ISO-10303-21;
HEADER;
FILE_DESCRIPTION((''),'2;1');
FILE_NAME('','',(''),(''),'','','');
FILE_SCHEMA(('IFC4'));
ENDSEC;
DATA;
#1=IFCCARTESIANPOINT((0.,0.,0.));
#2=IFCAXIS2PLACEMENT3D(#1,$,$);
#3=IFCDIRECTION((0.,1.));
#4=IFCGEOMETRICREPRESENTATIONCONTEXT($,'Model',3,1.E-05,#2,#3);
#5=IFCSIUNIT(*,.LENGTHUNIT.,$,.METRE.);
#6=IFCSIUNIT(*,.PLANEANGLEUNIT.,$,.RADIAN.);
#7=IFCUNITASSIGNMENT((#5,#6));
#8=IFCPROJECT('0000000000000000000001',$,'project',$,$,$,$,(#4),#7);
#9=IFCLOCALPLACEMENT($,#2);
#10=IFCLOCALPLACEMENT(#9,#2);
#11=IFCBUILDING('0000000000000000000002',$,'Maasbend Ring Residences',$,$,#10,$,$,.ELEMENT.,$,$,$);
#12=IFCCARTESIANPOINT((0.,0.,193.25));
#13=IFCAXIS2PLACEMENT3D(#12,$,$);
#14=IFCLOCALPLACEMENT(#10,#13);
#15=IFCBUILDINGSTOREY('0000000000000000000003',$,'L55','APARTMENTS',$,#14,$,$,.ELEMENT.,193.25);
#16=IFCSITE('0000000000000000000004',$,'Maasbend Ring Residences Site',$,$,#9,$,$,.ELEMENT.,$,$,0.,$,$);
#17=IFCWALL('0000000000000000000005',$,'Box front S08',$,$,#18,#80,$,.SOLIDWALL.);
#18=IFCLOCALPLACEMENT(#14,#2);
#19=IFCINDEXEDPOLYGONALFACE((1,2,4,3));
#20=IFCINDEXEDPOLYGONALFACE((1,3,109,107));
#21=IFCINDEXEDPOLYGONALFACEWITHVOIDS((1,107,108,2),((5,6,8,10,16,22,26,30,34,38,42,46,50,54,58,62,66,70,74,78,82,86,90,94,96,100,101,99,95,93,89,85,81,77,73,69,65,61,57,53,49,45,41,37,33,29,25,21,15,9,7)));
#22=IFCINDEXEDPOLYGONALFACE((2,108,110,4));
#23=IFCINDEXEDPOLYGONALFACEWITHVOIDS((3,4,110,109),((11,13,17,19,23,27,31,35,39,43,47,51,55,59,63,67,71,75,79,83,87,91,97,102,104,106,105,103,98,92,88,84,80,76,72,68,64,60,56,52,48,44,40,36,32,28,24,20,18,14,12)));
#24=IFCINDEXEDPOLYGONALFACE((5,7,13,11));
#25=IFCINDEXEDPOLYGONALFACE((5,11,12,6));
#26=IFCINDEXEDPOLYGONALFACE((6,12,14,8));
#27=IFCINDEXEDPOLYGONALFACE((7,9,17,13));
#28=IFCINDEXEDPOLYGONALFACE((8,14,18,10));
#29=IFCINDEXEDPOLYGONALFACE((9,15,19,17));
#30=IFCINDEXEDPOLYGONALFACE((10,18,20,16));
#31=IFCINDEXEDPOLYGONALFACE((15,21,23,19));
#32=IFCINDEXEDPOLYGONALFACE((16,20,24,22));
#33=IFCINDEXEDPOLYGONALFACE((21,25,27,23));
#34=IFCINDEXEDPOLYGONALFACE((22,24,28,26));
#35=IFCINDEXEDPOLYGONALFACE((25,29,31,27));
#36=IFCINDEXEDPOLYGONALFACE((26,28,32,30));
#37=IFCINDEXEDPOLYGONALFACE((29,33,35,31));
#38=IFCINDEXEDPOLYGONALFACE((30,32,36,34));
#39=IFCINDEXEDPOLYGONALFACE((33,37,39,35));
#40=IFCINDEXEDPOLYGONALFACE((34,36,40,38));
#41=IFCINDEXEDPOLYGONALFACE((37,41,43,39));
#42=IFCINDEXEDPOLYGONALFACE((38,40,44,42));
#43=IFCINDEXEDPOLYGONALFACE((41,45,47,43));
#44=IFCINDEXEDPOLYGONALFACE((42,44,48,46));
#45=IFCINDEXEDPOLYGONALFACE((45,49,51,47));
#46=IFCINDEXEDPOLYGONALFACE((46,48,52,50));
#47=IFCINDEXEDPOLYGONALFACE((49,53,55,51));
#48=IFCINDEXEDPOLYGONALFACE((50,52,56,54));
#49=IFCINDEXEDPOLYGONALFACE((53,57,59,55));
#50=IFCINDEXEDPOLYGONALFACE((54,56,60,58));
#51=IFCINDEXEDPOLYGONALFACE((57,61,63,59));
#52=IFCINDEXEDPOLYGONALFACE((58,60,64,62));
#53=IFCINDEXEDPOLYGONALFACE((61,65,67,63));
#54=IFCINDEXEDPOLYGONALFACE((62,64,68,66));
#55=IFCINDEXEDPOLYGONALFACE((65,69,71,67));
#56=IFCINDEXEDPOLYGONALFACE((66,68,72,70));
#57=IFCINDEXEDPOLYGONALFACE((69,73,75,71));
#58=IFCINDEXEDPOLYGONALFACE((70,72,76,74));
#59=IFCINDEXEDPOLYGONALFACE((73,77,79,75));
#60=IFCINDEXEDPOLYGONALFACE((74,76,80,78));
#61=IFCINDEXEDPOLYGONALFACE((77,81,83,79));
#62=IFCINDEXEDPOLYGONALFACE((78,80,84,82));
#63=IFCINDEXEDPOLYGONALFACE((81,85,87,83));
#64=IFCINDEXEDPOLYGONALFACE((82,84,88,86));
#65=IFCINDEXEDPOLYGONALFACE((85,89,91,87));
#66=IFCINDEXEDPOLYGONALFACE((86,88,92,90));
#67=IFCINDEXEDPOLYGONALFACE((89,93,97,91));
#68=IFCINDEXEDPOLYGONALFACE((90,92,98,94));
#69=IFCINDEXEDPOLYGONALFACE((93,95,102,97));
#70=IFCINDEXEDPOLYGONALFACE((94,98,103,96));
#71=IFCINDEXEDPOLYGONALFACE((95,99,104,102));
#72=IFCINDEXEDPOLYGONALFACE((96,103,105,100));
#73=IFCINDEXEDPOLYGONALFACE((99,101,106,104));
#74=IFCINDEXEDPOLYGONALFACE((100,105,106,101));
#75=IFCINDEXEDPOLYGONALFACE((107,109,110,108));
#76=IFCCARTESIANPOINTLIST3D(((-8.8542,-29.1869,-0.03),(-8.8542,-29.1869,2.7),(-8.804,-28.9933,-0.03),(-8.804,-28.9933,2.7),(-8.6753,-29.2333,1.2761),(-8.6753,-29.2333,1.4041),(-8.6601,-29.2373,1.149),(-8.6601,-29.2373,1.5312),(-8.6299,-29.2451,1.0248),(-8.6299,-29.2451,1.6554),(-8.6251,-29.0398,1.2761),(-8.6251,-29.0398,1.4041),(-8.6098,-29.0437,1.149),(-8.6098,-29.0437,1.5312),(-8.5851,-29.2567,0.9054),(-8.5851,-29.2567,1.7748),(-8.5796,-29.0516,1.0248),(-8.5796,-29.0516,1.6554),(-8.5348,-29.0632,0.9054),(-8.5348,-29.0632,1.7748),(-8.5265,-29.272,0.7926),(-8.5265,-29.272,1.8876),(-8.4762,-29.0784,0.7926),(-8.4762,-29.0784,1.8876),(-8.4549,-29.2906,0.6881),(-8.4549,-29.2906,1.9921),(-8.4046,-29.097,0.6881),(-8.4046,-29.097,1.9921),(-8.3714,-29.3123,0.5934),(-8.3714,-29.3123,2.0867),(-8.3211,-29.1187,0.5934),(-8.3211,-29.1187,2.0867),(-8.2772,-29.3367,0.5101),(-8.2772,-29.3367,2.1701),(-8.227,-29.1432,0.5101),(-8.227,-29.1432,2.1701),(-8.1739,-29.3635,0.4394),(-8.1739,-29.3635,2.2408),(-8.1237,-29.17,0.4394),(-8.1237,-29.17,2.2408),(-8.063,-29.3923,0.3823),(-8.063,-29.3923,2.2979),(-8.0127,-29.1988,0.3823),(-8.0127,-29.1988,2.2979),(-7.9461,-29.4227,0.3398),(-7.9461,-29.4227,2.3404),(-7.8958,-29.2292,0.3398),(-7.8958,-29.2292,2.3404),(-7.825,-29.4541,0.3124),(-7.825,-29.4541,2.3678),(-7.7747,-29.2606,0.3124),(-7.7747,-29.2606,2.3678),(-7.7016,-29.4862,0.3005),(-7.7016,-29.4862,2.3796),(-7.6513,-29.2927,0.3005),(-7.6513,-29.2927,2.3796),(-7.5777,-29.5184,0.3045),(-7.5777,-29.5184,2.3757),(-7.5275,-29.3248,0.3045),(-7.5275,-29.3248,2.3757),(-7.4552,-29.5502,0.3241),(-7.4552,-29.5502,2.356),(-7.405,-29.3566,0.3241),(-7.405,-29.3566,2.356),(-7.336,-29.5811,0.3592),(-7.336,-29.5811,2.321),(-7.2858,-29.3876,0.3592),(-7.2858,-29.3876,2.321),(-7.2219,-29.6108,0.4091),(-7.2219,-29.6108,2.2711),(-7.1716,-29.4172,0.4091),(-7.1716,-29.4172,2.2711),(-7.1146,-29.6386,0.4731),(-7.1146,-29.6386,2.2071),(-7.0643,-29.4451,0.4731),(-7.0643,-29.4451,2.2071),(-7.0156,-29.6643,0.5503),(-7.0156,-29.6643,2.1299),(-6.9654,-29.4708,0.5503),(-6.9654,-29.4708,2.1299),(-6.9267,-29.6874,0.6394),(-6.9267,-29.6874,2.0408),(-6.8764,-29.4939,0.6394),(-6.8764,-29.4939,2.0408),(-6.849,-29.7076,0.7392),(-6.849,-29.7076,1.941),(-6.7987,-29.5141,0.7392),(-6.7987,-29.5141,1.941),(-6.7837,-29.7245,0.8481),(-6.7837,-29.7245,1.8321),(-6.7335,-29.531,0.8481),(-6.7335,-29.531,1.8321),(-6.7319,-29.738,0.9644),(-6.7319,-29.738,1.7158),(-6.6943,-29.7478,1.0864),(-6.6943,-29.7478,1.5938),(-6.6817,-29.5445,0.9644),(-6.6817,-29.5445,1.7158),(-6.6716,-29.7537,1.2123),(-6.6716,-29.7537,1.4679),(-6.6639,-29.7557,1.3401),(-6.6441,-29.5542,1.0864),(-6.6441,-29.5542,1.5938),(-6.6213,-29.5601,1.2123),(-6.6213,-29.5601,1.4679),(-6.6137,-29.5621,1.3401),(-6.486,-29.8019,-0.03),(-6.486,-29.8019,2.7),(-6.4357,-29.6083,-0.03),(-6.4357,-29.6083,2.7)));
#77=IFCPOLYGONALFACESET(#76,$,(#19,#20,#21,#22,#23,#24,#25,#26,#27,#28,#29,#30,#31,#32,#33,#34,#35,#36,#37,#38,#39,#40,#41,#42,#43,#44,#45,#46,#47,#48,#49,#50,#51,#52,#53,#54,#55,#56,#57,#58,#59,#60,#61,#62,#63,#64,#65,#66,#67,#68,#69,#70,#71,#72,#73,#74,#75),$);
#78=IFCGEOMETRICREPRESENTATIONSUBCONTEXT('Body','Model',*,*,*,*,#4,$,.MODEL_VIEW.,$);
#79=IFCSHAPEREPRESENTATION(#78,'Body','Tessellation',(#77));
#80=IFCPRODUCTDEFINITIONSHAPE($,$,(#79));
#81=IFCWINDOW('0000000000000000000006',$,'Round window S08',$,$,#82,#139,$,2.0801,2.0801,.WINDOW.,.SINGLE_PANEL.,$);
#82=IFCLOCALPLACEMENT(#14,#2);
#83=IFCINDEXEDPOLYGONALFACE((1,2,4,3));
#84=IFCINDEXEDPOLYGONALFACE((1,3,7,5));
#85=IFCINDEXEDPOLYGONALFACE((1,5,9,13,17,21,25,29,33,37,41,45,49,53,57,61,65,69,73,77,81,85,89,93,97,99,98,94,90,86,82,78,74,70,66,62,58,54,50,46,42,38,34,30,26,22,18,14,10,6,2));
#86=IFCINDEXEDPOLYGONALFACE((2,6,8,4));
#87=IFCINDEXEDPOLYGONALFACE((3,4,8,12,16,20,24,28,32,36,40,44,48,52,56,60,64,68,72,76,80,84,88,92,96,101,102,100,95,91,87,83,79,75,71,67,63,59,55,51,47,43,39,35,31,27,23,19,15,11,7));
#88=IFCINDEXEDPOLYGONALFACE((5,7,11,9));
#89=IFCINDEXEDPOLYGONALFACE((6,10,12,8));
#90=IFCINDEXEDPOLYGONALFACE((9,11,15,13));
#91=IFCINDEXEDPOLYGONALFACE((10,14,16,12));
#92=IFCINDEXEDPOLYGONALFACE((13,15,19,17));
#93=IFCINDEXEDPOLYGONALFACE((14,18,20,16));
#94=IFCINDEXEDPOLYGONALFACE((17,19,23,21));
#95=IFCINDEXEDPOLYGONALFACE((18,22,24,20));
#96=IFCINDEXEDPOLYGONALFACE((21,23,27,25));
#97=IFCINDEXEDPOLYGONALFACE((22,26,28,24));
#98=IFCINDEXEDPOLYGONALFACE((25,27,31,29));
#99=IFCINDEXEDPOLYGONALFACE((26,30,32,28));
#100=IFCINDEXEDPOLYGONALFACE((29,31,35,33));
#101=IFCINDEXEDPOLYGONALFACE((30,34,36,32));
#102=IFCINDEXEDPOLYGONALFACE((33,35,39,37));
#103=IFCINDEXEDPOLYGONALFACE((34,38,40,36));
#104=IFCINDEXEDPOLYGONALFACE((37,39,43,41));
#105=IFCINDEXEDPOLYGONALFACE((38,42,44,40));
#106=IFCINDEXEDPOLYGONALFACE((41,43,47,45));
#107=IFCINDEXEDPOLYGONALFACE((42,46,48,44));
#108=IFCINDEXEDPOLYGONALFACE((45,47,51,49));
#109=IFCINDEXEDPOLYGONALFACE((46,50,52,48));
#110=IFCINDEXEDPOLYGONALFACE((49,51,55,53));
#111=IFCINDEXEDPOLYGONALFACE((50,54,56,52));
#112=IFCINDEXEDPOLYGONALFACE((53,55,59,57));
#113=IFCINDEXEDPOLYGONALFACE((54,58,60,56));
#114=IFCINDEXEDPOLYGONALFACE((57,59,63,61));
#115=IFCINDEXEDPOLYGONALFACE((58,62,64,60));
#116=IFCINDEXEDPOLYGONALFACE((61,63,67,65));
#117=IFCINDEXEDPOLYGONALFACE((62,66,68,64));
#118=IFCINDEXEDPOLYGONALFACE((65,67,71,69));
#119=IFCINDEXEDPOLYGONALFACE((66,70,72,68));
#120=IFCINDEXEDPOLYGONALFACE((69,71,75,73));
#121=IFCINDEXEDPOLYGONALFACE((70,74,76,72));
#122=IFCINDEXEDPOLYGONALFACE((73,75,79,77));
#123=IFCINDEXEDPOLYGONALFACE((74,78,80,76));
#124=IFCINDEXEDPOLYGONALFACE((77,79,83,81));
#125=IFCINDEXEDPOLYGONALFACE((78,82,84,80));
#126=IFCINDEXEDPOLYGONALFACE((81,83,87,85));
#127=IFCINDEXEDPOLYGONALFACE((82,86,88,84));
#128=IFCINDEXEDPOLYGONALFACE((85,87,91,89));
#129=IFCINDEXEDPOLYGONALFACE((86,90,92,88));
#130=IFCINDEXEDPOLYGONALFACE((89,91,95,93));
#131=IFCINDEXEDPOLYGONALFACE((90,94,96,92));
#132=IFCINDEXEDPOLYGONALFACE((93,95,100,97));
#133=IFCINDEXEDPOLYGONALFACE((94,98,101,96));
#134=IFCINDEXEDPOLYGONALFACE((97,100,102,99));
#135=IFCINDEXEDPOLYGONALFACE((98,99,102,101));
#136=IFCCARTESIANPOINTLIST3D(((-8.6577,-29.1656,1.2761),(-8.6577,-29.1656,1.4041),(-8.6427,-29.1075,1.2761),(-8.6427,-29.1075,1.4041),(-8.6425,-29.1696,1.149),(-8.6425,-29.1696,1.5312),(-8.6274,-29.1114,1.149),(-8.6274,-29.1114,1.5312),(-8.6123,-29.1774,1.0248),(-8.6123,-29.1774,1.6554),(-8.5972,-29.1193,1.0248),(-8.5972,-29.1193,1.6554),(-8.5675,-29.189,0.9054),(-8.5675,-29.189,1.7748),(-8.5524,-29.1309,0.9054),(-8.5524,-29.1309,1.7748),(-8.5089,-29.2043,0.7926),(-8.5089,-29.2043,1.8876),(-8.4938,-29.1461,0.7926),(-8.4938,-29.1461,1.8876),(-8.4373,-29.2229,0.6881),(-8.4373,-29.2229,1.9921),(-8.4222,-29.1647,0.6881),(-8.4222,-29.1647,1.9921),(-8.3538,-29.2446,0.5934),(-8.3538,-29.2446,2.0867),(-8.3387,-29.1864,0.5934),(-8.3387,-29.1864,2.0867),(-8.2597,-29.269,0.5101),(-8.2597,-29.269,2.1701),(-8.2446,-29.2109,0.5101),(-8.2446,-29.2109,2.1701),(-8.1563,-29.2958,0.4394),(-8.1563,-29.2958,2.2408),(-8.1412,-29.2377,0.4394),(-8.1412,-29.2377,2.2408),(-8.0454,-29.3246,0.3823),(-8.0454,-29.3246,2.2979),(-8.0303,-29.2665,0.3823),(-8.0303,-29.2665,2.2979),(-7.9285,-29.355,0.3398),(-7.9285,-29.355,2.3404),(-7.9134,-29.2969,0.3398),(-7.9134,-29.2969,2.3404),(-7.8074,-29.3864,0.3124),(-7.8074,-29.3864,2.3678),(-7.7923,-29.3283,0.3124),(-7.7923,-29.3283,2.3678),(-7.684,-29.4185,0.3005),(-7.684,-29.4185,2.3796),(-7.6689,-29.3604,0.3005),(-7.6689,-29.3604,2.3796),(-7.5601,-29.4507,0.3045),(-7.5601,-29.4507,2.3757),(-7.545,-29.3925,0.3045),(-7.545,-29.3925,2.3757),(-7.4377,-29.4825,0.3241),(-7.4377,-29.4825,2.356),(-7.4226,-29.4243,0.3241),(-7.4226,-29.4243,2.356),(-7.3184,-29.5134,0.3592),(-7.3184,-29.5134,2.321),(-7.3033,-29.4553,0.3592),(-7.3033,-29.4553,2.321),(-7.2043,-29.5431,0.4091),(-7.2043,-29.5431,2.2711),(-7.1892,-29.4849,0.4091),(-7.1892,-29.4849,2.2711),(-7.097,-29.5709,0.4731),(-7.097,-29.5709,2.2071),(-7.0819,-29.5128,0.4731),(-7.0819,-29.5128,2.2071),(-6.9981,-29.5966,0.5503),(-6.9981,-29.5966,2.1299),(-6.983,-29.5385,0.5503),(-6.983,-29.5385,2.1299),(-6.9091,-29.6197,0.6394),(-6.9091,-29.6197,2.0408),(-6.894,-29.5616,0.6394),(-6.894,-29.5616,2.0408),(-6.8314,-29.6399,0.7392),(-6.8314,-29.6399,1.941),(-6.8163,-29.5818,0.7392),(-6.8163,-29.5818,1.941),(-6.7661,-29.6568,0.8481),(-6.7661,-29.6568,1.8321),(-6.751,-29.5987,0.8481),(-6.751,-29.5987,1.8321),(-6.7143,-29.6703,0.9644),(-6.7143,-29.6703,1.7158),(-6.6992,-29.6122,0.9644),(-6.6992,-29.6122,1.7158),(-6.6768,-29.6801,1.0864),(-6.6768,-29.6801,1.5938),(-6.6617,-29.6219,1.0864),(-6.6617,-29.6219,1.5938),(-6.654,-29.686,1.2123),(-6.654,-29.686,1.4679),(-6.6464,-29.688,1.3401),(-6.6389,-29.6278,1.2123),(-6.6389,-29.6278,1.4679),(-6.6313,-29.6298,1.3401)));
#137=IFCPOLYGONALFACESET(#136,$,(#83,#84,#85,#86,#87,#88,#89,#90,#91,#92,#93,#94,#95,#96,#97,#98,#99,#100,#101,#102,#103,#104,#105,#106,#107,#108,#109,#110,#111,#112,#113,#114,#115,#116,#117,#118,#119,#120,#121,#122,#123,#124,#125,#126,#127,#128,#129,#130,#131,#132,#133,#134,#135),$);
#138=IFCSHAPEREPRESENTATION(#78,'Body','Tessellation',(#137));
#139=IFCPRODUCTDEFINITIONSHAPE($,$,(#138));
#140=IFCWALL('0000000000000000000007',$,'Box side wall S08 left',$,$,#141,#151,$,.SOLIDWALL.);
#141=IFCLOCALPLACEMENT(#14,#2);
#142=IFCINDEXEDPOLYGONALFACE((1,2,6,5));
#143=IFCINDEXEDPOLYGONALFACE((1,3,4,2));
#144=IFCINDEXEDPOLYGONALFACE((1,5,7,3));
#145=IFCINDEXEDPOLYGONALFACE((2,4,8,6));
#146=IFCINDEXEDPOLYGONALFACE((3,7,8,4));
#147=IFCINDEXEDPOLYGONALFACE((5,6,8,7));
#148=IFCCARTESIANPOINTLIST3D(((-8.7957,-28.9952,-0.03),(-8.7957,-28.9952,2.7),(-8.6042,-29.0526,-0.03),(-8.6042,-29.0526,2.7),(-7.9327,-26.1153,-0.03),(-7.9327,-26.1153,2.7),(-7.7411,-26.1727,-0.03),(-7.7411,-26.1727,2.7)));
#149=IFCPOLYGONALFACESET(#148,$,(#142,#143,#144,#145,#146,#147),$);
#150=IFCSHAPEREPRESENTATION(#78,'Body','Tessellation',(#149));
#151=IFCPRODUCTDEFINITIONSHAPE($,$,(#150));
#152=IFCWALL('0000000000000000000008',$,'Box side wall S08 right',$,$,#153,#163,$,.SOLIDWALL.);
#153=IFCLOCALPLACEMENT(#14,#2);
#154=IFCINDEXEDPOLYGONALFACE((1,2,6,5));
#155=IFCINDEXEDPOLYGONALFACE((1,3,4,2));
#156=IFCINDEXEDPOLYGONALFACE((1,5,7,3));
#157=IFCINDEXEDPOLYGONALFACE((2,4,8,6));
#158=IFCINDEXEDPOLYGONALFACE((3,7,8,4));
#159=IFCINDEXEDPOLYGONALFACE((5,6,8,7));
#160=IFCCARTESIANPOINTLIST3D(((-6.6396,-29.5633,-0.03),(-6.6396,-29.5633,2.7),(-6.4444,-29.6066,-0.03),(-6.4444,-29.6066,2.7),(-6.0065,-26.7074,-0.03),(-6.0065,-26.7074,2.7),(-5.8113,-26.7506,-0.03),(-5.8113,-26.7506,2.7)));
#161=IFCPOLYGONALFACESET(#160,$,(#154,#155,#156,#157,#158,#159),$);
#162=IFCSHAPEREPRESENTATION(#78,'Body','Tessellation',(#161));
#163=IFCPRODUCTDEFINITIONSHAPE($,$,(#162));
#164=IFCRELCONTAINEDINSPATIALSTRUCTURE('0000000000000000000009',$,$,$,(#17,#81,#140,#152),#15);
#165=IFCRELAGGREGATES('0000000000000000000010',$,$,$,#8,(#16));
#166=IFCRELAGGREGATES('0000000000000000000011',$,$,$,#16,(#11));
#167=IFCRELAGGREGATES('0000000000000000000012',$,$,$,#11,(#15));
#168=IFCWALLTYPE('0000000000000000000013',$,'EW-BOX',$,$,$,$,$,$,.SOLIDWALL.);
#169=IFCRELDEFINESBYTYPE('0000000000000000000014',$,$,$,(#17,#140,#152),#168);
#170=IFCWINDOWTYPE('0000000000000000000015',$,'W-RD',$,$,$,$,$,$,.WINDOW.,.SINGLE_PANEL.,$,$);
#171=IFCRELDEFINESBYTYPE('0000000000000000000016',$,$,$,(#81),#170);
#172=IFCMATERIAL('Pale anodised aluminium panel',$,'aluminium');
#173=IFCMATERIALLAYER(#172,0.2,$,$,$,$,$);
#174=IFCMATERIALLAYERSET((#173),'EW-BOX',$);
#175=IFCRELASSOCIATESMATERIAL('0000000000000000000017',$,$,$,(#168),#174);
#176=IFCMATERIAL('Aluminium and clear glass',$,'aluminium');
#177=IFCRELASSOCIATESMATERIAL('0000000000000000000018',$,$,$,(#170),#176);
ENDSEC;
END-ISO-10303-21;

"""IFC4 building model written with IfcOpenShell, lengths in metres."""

from ifc_helpers import new_model, si_unit, direction, frame, frame_2d, origin, place, context, subcontext, project, spatial, rectangle, circle, extrude, material, layer, layer_set, type_object, element, fill, save


model = new_model("IFC4")

# Units and contexts
model_context = context("Model", 3, precision=1e-05, world=origin(), true_north=direction((0.0, 1.0)))
body_context = subcontext(model_context, "Body", "Model", "MODEL_VIEW")
ifc_project = project(units=[si_unit("LENGTHUNIT", "METRE"), si_unit("PLANEANGLEUNIT", "RADIAN")], contexts=[model_context])

# Site, building, storey
site_placement = place(None, origin())
site = spatial("IfcSite", under=ifc_project, at=site_placement, Name="Maasbend Ring Residences Site", CompositionType="ELEMENT", RefElevation=0.0)
building_placement = place(site_placement, origin())
building = spatial("IfcBuilding", under=site, at=building_placement, Name="Maasbend Ring Residences", CompositionType="ELEMENT")
storey_placement = place(building_placement, frame((0.0, 0.0, 193.25)))
storey = spatial("IfcBuildingStorey", under=building, at=storey_placement, Name="L55", Description="APARTMENTS", CompositionType="ELEMENT", Elevation=193.25)

# Wall, opening, window
ifc_material_1 = material(Name="Pale anodised aluminium panel", Category="aluminium")
ifc_layer_1 = layer(ifc_material_1, 0.2)
ifc_layer_set_1 = layer_set([ifc_layer_1], Name="EW-BOX")
wall_type_1 = type_object("IfcWallType", Name="EW-BOX", PredefinedType="SOLIDWALL", material=ifc_layer_set_1)
wall_1_placement = place(storey_placement, frame((-8.8291, -29.0901, -0.03), z_axis=(0.0, 0.0, 1.0), x_axis=(0.967895, -0.251353, 0.0)))
wall_1 = element("IfcWall", 1, at=wall_1_placement, inside=storey, type_object=wall_type_1, Name="Box front S08", PredefinedType="SOLIDWALL", context=body_context, shape_type="SweptSolid", body=[
    extrude(rectangle(XDim=2.4468, YDim=0.2, at=frame_2d((1.2234, 0.0))), origin(), (0.0, 0.0, 1.0), 2.73),
])
opening_1_placement = place(wall_1_placement, frame((0.1829, 0.0, 0.3301)))
opening_1 = element("IfcOpeningElement", 2, at=opening_1_placement, cuts=wall_1, PredefinedType="OPENING", context=body_context, shape_type="SweptSolid", body=[
    extrude(circle(Radius=1.04, at=frame_2d((1.04, 1.04))), frame((0.0, 0.1099, 0.0), z_axis=(0.0, -1.0, 0.0), x_axis=(1.0, 0.0, 0.0)), (0.0, 0.0, 1.0), 0.22),
])
ifc_material_2 = material(Name="Aluminium and clear glass", Category="aluminium")
window_type_1 = type_object("IfcWindowType", Name="W-RD", PartitioningType="SINGLE_PANEL", PredefinedType="WINDOW", material=ifc_material_2)
window_1_placement = place(opening_1_placement, origin())
window_1 = element("IfcWindow", 3, at=window_1_placement, inside=storey, type_object=window_type_1, Name="Round window S08", OverallHeight=2.0801, OverallWidth=2.0801, PartitioningType="SINGLE_PANEL", PredefinedType="WINDOW", context=body_context, shape_type="SweptSolid", body=[
    extrude(circle(Radius=1.04, at=frame_2d((1.04, 1.04))), frame((0.0, 0.03, 0.0), z_axis=(0.0, -1.0, 0.0), x_axis=(1.0, 0.0, 0.0)), (0.0, 0.0, 1.0), 0.0601),
])
fill(opening_1, window_1)

# Walls
wall_2_placement = place(storey_placement, frame((-7.8369, -26.144, -0.03), z_axis=(0.0, 0.0, 1.0), x_axis=(-0.287065, -0.957911, 0.0)))
element("IfcWall", 4, at=wall_2_placement, inside=storey, type_object=wall_type_1, Name="Box side wall S08 left", PredefinedType="SOLIDWALL", context=body_context, shape_type="SweptSolid", body=[
    extrude(rectangle(XDim=3.0063, YDim=0.2, at=frame_2d((1.5032, 0.0))), origin(), (0.0, 0.0, 1.0), 2.73),
])
wall_3_placement = place(storey_placement, frame((-5.9089, -26.729, -0.03), z_axis=(0.0, 0.0, 1.0), x_axis=(-0.216409, -0.976303, 0.0)))
element("IfcWall", 5, at=wall_3_placement, inside=storey, type_object=wall_type_1, Name="Box side wall S08 right", PredefinedType="SOLIDWALL", context=body_context, shape_type="SweptSolid", body=[
    extrude(rectangle(XDim=2.9253, YDim=0.2, at=frame_2d((1.4626, 0.0))), origin(), (0.0, 0.0, 1.0), 2.73),
])

save(model, "model.ifc")
